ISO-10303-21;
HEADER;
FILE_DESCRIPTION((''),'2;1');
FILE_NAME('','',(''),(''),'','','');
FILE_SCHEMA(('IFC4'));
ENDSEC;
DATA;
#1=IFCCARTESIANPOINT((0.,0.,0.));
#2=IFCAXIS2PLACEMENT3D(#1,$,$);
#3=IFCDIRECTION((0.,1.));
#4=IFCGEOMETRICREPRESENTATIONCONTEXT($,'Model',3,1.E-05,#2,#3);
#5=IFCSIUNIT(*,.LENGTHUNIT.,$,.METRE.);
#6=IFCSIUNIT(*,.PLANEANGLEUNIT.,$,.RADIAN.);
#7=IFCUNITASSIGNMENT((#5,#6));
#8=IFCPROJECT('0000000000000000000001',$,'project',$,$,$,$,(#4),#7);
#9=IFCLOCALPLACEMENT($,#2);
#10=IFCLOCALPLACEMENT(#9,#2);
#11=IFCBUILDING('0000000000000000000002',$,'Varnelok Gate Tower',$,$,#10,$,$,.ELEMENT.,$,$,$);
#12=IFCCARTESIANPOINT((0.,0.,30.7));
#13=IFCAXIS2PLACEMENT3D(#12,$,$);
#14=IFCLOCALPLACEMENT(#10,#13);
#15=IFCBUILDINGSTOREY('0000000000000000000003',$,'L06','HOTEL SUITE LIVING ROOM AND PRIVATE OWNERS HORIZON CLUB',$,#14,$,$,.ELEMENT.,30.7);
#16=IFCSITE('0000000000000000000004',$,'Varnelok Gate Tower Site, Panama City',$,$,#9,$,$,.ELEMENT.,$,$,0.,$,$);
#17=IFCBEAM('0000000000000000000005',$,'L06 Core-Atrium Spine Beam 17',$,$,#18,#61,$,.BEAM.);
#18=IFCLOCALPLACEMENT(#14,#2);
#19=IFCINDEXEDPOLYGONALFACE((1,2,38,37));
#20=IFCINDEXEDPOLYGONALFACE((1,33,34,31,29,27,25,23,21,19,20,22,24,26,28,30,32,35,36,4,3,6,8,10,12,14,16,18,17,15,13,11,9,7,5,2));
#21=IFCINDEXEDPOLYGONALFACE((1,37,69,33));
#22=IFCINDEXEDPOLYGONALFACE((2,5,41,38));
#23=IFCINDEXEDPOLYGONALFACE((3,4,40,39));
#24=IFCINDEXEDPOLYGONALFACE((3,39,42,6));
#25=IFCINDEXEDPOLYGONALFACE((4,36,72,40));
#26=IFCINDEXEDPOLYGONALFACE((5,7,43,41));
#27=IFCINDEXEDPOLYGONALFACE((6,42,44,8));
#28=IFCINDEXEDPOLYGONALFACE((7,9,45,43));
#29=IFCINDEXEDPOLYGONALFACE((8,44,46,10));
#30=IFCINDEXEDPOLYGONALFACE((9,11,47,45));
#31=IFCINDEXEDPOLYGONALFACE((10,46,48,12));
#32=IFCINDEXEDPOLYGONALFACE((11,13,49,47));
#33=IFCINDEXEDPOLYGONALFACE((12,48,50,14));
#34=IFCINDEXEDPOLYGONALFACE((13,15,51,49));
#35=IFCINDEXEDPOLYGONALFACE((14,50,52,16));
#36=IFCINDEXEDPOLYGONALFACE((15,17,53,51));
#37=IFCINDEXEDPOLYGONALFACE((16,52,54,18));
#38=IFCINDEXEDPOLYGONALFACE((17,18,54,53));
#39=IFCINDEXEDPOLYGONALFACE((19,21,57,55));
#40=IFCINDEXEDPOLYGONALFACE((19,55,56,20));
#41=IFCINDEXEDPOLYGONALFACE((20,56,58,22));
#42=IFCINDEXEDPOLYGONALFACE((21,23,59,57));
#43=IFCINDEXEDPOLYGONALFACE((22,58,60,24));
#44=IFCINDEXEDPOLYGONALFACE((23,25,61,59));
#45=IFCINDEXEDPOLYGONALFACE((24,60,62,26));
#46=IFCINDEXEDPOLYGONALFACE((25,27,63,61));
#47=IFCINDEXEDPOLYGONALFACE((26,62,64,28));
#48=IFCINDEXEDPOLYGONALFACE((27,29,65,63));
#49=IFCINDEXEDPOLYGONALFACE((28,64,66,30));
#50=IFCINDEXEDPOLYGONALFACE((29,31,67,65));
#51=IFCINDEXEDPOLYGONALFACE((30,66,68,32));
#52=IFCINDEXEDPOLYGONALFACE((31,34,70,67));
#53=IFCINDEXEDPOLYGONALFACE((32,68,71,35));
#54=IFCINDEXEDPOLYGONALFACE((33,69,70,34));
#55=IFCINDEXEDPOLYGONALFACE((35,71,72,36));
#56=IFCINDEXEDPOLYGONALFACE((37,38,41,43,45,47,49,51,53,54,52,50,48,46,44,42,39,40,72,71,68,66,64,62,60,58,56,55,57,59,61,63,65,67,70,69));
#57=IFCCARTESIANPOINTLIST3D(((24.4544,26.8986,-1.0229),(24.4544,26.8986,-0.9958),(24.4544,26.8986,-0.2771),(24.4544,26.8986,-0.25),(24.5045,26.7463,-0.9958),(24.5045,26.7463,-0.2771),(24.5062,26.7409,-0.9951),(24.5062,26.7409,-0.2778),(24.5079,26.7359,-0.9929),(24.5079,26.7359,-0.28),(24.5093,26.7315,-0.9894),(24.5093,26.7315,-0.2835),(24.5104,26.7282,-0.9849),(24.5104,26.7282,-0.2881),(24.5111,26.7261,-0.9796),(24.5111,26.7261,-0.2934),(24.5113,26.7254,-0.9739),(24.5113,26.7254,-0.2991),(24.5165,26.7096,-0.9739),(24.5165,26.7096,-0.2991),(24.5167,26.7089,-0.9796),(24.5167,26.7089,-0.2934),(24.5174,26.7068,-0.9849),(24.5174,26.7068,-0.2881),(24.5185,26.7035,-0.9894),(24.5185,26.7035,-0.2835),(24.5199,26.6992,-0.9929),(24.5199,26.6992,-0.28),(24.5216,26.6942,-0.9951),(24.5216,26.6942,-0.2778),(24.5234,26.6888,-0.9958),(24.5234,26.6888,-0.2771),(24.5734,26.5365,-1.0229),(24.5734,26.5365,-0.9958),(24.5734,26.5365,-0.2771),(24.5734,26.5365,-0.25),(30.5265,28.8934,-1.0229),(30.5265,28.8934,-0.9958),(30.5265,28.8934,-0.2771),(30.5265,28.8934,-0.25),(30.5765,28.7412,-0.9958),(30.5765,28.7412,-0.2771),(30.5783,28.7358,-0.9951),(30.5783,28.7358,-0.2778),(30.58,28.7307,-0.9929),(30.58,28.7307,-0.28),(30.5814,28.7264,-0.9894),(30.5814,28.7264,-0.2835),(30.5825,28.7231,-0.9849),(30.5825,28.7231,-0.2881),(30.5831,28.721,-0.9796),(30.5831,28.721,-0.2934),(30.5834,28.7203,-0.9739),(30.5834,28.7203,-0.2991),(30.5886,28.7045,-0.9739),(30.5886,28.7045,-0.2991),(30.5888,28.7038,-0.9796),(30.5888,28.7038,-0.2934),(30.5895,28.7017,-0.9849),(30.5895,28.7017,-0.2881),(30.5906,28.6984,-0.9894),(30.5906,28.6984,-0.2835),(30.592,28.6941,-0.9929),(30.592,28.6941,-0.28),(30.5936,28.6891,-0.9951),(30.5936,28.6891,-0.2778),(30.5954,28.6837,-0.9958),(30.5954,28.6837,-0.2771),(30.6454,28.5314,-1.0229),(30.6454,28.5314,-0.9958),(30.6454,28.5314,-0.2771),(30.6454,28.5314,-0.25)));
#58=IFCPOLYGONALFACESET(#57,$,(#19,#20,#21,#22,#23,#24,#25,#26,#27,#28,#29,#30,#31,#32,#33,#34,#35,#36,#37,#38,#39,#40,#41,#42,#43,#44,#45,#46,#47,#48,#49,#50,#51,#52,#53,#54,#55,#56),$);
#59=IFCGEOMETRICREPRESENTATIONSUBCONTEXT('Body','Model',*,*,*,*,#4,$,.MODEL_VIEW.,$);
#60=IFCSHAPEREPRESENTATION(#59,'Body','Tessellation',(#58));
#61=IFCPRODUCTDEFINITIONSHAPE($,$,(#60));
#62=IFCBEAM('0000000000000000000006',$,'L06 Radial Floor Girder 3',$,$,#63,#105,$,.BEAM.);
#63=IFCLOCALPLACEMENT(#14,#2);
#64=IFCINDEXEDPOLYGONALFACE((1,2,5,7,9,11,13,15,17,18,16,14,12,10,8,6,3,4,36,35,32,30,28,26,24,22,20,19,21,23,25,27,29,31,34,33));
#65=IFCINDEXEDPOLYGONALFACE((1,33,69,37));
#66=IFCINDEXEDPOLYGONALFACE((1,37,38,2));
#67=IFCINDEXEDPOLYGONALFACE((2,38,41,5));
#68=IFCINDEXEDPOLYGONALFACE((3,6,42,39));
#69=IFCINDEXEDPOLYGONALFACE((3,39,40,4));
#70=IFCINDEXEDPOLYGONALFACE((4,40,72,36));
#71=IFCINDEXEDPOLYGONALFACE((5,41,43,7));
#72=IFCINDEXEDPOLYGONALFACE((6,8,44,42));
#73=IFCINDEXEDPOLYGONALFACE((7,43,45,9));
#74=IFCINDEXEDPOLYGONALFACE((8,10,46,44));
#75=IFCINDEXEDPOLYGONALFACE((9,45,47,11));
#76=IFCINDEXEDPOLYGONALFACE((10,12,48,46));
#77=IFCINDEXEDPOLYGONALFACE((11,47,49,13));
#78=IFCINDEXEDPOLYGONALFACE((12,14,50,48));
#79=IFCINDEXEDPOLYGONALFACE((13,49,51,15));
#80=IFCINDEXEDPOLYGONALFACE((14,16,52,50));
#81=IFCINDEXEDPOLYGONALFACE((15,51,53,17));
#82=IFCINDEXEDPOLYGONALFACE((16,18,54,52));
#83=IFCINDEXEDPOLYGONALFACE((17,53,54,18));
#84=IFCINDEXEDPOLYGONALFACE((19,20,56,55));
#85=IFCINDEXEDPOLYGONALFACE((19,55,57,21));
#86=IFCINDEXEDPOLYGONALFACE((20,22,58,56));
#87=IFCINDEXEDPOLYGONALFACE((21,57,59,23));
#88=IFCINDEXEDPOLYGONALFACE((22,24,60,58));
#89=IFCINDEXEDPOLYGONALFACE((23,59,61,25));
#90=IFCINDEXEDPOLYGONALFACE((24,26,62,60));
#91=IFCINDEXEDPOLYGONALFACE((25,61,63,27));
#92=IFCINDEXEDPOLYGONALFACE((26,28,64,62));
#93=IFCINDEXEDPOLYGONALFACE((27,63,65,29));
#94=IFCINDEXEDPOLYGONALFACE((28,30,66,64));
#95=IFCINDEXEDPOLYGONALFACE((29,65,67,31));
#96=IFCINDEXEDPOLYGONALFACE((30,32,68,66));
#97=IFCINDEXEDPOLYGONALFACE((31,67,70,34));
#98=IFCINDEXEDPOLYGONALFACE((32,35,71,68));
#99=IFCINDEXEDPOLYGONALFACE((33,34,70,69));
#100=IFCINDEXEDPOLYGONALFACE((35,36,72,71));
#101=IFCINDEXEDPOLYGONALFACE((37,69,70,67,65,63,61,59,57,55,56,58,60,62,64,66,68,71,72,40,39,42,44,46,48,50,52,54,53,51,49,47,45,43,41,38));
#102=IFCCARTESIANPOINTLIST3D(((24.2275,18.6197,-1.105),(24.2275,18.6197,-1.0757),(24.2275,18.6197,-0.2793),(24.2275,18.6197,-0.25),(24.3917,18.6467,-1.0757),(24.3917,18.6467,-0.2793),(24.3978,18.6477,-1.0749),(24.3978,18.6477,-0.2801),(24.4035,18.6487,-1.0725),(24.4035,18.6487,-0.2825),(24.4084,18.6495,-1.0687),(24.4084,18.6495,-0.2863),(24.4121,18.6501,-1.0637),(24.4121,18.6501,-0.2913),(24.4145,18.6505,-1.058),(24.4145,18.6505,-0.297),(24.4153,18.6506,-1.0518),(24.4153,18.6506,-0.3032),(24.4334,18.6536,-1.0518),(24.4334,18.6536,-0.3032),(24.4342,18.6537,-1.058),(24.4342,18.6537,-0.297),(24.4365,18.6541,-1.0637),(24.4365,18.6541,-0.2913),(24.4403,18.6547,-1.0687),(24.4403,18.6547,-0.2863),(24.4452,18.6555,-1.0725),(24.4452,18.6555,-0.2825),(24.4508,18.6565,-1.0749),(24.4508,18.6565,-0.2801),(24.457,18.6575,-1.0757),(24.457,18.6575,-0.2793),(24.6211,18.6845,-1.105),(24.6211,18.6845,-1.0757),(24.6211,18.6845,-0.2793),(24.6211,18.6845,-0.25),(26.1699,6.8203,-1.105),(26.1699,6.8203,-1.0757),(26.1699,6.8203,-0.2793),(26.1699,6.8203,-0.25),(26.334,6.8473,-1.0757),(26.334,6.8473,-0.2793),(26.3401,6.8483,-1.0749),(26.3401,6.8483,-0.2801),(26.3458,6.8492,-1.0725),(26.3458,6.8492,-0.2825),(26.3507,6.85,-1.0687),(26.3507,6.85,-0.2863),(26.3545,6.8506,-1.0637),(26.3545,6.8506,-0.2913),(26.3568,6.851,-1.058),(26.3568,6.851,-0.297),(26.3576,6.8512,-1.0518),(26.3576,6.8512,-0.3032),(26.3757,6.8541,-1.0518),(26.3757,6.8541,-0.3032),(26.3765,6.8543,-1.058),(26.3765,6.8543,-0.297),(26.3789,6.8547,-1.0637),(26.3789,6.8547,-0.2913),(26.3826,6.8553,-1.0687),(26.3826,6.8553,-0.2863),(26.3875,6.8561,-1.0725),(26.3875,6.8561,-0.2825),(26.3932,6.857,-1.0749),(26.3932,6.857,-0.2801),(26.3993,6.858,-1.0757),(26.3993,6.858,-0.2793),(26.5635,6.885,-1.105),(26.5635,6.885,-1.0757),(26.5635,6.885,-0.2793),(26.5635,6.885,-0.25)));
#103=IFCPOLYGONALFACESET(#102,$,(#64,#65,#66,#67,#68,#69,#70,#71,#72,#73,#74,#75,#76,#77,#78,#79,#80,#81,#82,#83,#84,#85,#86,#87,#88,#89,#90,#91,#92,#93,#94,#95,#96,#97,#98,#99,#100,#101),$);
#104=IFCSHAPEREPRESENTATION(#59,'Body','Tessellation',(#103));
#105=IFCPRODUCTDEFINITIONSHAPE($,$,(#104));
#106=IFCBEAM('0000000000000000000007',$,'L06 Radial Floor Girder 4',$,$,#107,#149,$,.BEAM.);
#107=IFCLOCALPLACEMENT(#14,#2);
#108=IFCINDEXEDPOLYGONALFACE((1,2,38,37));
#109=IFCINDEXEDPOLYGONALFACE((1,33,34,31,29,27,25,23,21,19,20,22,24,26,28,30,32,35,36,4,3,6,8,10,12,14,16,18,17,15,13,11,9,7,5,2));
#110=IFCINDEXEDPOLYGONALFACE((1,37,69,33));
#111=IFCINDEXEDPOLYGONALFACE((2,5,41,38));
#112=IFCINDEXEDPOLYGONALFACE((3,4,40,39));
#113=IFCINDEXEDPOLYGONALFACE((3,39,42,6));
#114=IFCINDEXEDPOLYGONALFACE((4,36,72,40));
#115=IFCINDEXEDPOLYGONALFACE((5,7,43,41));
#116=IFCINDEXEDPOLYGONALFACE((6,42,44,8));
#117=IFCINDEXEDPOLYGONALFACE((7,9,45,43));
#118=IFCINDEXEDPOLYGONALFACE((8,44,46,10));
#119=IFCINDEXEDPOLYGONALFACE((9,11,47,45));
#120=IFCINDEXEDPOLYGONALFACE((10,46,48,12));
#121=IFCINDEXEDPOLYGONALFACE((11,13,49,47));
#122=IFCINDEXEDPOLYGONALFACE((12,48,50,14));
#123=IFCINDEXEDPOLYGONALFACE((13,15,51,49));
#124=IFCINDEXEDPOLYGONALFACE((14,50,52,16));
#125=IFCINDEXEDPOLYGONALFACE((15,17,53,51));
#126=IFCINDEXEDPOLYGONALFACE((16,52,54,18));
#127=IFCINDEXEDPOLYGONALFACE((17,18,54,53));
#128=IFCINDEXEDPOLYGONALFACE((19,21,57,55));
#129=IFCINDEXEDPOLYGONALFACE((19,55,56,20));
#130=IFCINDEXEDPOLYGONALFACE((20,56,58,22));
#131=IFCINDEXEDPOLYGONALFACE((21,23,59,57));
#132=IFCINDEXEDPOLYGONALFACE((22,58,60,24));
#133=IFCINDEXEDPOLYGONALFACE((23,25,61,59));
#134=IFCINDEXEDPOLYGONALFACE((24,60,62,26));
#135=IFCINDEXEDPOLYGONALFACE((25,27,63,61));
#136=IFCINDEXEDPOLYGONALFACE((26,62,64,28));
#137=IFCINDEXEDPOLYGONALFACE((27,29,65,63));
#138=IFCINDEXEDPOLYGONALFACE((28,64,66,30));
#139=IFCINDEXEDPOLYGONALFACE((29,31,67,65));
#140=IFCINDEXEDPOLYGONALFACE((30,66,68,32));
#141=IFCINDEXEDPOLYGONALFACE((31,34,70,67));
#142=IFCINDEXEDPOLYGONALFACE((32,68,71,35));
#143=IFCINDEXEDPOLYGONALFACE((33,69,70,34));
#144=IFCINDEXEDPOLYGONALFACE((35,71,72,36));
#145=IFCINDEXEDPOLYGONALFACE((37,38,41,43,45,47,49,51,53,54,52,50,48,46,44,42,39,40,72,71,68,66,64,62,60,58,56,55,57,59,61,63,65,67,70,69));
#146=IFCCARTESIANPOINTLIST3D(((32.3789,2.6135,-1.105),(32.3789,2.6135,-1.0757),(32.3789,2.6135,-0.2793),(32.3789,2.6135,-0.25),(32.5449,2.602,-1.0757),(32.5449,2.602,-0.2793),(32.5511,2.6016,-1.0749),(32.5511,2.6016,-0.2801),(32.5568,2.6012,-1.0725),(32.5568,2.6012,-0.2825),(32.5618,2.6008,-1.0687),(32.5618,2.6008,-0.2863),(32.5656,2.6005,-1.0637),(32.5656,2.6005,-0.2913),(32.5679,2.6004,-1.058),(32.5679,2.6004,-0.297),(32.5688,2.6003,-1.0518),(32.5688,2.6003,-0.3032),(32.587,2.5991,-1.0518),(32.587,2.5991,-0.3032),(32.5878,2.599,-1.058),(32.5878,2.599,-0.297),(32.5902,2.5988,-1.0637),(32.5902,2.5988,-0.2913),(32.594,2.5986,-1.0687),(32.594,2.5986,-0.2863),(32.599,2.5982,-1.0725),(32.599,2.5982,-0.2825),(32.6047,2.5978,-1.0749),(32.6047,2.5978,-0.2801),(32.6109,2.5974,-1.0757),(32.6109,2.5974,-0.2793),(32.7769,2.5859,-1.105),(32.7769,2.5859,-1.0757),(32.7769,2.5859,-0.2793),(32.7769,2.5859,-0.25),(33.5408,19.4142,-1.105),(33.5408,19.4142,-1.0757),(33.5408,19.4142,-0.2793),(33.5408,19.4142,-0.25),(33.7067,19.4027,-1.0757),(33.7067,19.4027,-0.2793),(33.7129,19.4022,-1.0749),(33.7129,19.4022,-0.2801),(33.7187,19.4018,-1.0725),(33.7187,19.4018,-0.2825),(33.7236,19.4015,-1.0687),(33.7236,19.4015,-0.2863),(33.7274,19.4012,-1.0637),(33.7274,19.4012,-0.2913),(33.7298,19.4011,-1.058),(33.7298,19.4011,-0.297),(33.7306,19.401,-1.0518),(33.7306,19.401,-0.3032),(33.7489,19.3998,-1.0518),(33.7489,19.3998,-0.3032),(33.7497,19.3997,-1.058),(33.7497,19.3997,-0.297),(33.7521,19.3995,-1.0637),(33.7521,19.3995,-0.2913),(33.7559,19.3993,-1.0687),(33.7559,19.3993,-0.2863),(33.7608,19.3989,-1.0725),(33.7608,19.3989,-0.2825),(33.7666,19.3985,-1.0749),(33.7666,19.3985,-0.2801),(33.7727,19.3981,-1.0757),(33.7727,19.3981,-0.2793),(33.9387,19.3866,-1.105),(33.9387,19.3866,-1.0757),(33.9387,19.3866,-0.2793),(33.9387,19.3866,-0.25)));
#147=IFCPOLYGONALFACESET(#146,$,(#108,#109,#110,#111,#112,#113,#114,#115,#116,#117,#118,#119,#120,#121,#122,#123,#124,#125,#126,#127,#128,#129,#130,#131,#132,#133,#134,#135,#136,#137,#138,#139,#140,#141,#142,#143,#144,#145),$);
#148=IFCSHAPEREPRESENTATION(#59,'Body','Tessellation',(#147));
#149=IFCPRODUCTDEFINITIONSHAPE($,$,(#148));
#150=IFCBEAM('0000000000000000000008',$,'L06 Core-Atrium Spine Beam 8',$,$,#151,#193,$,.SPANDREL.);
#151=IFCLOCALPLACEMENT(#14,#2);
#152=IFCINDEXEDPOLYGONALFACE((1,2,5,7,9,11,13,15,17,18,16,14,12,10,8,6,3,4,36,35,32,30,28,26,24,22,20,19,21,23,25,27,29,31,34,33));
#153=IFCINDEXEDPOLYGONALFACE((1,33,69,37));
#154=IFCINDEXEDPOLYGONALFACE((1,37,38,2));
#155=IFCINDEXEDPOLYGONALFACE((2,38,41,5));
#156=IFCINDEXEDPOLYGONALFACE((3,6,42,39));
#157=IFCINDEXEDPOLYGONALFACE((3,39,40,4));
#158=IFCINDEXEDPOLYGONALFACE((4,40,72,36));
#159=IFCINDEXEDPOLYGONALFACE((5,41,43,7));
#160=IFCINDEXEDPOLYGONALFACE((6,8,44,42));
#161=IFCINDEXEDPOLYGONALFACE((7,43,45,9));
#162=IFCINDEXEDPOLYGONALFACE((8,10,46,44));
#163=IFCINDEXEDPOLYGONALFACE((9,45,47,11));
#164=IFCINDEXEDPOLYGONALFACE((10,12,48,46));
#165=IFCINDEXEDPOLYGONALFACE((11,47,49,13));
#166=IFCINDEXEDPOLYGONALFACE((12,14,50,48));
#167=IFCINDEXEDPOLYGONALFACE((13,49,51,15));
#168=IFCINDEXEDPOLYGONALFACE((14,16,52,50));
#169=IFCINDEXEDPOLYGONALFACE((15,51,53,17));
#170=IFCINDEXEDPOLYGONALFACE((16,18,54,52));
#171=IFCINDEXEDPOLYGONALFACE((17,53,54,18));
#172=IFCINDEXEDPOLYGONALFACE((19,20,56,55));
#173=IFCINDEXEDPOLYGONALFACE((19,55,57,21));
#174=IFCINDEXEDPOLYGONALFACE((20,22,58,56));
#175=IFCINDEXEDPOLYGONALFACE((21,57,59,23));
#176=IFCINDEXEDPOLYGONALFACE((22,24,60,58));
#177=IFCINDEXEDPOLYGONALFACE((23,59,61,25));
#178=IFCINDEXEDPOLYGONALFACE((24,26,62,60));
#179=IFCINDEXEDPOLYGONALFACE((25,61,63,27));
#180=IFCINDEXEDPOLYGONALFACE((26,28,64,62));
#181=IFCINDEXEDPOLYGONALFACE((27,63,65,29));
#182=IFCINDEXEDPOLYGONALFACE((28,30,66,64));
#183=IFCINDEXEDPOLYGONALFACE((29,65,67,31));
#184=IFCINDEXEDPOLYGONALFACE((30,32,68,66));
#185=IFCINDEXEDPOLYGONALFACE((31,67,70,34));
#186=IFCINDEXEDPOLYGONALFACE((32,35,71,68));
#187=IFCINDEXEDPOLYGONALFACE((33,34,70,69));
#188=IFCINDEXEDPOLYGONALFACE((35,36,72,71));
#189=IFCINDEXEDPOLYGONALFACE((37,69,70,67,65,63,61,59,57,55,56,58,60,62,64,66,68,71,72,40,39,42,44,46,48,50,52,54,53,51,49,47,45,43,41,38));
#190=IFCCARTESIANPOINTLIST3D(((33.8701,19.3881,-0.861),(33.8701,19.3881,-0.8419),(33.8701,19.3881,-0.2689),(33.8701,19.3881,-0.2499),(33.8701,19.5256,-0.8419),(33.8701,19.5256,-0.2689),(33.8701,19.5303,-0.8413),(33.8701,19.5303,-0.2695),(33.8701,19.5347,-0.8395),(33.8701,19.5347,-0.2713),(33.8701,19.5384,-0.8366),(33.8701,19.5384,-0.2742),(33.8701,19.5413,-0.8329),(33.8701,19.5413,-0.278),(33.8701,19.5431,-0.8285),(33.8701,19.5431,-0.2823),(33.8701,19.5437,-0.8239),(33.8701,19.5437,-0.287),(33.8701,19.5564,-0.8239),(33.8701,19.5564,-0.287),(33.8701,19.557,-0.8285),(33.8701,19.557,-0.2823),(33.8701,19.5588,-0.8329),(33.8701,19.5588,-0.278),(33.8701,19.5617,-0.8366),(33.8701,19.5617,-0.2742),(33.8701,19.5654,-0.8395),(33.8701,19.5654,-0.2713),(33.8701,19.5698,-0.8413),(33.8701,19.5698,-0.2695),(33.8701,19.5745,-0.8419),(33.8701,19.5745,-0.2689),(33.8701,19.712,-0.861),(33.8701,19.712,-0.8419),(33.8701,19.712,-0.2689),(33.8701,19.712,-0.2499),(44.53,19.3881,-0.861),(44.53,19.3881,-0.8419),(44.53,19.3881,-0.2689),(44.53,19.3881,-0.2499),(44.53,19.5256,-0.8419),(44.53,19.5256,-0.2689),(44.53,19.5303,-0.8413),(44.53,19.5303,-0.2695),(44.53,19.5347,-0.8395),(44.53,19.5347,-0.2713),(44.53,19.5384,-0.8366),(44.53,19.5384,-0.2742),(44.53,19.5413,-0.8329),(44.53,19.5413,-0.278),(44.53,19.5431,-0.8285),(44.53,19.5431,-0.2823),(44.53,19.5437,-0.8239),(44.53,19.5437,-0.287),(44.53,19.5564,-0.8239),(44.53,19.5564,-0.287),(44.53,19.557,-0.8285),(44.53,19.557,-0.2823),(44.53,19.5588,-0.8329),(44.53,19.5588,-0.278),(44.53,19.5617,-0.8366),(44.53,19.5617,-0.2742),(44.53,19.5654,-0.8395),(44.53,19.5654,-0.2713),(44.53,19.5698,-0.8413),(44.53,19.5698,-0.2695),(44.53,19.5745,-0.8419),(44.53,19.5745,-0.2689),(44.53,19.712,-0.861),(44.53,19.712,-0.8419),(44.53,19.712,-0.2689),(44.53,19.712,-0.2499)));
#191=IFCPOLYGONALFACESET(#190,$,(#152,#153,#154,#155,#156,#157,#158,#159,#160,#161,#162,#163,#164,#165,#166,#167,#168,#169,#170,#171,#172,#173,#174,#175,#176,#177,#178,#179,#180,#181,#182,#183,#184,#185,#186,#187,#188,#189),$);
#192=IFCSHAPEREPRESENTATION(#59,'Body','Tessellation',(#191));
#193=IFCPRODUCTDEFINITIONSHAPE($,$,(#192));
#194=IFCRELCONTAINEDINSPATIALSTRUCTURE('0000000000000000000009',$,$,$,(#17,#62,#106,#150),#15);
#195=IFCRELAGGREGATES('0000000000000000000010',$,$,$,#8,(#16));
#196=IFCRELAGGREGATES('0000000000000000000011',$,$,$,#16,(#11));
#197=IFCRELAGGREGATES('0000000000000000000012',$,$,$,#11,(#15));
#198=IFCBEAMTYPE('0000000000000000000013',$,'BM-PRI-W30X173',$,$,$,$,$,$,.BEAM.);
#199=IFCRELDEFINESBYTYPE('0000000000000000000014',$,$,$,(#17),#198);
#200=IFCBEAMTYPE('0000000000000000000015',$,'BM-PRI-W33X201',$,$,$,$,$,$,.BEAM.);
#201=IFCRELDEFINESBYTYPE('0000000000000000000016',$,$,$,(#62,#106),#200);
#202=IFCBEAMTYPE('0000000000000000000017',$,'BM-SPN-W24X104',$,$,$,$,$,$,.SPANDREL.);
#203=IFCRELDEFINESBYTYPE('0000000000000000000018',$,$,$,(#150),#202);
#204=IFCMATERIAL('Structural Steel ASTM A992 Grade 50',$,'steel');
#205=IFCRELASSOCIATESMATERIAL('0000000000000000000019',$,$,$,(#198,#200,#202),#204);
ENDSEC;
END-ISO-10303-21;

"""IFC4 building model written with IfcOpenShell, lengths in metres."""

from ifc_helpers import new_model, si_unit, direction, frame, origin, origin_2d, place, context, subcontext, project, spatial, i_section, extrude, material, material_profile, profile_set, type_object, element, save


model = new_model("IFC4")

# Units and contexts
model_context = context("Model", 3, precision=1e-05, world=origin(), true_north=direction((0.0, 1.0)))
body_context = subcontext(model_context, "Body", "Model", "MODEL_VIEW")
ifc_project = project(units=[si_unit("LENGTHUNIT", "METRE"), si_unit("PLANEANGLEUNIT", "RADIAN")], contexts=[model_context])

# Site, building, storey
site_placement = place(None, origin())
site = spatial("IfcSite", under=ifc_project, at=site_placement, Name="Varnelok Gate Tower Site, Panama City", CompositionType="ELEMENT", RefElevation=0.0)
building_placement = place(site_placement, origin())
building = spatial("IfcBuilding", under=site, at=building_placement, Name="Varnelok Gate Tower", CompositionType="ELEMENT")
storey_placement = place(building_placement, frame((0.0, 0.0, 30.7)))
storey = spatial("IfcBuildingStorey", under=building, at=storey_placement, Name="L06", Description="HOTEL SUITE LIVING ROOM AND PRIVATE OWNERS HORIZON CLUB", CompositionType="ELEMENT", Elevation=30.7)

# Shared definitions
ifc_material_1 = material(Name="Structural Steel ASTM A992 Grade 50", Category="steel")

# Beams
ifc_material_profile_1 = material_profile(ifc_material_1, i_section(OverallWidth=0.3811, OverallDepth=0.7729, WebThickness=0.0166, FlangeThickness=0.0271, FilletRadius=0.022, at=origin_2d()), Name="W30X173")
ifc_profile_set_1 = profile_set([ifc_material_profile_1], Name="Structural Steel ASTM A992 Grade 50")
beam_type_1 = type_object("IfcBeamType", Name="BM-PRI-W30X173", PredefinedType="BEAM", material=ifc_profile_set_1)
beam_1_placement = place(storey_placement, frame((24.5139, 26.7175, -0.6365), z_axis=(0.950042, 0.312122, 0.0), x_axis=(-0.312122, 0.950042, 0.0)))
element("IfcBeam", 1, at=beam_1_placement, inside=storey, type_object=beam_type_1, Name="L06 Core-Atrium Spine Beam 17", PredefinedType="BEAM", context=body_context, shape_type="SweptSolid", body=[
    extrude(i_section(OverallWidth=0.3811, OverallDepth=0.7729, WebThickness=0.0166, FlangeThickness=0.0271, FilletRadius=0.022, at=origin_2d()), origin(), (0.0, 0.0, 1.0), 6.3914),
])
ifc_material_profile_2 = material_profile(ifc_material_1, i_section(OverallWidth=0.3989, OverallDepth=0.855, WebThickness=0.0183, FlangeThickness=0.0293, FilletRadius=0.0239, at=origin_2d()), Name="W33X201")
ifc_profile_set_2 = profile_set([ifc_material_profile_2], Name="Structural Steel ASTM A992 Grade 50")
beam_type_2 = type_object("IfcBeamType", Name="BM-PRI-W33X201", PredefinedType="BEAM", material=ifc_profile_set_2)
beam_2_placement = place(storey_placement, frame((24.4243, 18.6521, -0.6775), z_axis=(0.162429, -0.98672, 0.0), x_axis=(0.98672, 0.162429, 0.0)))
element("IfcBeam", 2, at=beam_2_placement, inside=storey, type_object=beam_type_2, Name="L06 Radial Floor Girder 3", PredefinedType="BEAM", context=body_context, shape_type="SweptSolid", body=[
    extrude(i_section(OverallWidth=0.3989, OverallDepth=0.855, WebThickness=0.0183, FlangeThickness=0.0293, FilletRadius=0.0239, at=origin_2d()), origin(), (0.0, 0.0, 1.0), 11.9583),
])
beam_3_placement = place(storey_placement, frame((33.7397, 19.4004, -0.6775), z_axis=(-0.068991, -0.997617, 0.0), x_axis=(0.997617, -0.068991, 0.0)))
element("IfcBeam", 3, at=beam_3_placement, inside=storey, type_object=beam_type_2, Name="L06 Radial Floor Girder 4", PredefinedType="BEAM", context=body_context, shape_type="SweptSolid", body=[
    extrude(i_section(OverallWidth=0.3989, OverallDepth=0.855, WebThickness=0.0183, FlangeThickness=0.0293, FilletRadius=0.0239, at=origin_2d()), origin(), (0.0, 0.0, 1.0), 16.8408),
])
ifc_material_profile_3 = material_profile(ifc_material_1, i_section(OverallWidth=0.324, OverallDepth=0.6111, WebThickness=0.0127, FlangeThickness=0.019, FilletRadius=0.0181, at=origin_2d()), Name="W24X104")
ifc_profile_set_3 = profile_set([ifc_material_profile_3], Name="Structural Steel ASTM A992 Grade 50")
beam_type_3 = type_object("IfcBeamType", Name="BM-SPN-W24X104", PredefinedType="SPANDREL", material=ifc_profile_set_3)
for number, where, z_axis, x_axis, name in (
    (4, (33.8701, 19.55, -0.5554), (1.0, 0.0, 0.0), (0.0, 1.0, 0.0), "L06 Core-Atrium Spine Beam 8"),
):
    element("IfcBeam", number, at=place(storey_placement, frame(where, z_axis=z_axis, x_axis=x_axis)), inside=storey, type_object=beam_type_3, Name=name, PredefinedType="SPANDREL", context=body_context, shape_type="SweptSolid", body=[
        extrude(i_section(OverallWidth=0.324, OverallDepth=0.6111, WebThickness=0.0127, FlangeThickness=0.019, FilletRadius=0.0181, at=origin_2d()), origin(), (0.0, 0.0, 1.0), 10.6599),
    ])

save(model, "model.ifc")
